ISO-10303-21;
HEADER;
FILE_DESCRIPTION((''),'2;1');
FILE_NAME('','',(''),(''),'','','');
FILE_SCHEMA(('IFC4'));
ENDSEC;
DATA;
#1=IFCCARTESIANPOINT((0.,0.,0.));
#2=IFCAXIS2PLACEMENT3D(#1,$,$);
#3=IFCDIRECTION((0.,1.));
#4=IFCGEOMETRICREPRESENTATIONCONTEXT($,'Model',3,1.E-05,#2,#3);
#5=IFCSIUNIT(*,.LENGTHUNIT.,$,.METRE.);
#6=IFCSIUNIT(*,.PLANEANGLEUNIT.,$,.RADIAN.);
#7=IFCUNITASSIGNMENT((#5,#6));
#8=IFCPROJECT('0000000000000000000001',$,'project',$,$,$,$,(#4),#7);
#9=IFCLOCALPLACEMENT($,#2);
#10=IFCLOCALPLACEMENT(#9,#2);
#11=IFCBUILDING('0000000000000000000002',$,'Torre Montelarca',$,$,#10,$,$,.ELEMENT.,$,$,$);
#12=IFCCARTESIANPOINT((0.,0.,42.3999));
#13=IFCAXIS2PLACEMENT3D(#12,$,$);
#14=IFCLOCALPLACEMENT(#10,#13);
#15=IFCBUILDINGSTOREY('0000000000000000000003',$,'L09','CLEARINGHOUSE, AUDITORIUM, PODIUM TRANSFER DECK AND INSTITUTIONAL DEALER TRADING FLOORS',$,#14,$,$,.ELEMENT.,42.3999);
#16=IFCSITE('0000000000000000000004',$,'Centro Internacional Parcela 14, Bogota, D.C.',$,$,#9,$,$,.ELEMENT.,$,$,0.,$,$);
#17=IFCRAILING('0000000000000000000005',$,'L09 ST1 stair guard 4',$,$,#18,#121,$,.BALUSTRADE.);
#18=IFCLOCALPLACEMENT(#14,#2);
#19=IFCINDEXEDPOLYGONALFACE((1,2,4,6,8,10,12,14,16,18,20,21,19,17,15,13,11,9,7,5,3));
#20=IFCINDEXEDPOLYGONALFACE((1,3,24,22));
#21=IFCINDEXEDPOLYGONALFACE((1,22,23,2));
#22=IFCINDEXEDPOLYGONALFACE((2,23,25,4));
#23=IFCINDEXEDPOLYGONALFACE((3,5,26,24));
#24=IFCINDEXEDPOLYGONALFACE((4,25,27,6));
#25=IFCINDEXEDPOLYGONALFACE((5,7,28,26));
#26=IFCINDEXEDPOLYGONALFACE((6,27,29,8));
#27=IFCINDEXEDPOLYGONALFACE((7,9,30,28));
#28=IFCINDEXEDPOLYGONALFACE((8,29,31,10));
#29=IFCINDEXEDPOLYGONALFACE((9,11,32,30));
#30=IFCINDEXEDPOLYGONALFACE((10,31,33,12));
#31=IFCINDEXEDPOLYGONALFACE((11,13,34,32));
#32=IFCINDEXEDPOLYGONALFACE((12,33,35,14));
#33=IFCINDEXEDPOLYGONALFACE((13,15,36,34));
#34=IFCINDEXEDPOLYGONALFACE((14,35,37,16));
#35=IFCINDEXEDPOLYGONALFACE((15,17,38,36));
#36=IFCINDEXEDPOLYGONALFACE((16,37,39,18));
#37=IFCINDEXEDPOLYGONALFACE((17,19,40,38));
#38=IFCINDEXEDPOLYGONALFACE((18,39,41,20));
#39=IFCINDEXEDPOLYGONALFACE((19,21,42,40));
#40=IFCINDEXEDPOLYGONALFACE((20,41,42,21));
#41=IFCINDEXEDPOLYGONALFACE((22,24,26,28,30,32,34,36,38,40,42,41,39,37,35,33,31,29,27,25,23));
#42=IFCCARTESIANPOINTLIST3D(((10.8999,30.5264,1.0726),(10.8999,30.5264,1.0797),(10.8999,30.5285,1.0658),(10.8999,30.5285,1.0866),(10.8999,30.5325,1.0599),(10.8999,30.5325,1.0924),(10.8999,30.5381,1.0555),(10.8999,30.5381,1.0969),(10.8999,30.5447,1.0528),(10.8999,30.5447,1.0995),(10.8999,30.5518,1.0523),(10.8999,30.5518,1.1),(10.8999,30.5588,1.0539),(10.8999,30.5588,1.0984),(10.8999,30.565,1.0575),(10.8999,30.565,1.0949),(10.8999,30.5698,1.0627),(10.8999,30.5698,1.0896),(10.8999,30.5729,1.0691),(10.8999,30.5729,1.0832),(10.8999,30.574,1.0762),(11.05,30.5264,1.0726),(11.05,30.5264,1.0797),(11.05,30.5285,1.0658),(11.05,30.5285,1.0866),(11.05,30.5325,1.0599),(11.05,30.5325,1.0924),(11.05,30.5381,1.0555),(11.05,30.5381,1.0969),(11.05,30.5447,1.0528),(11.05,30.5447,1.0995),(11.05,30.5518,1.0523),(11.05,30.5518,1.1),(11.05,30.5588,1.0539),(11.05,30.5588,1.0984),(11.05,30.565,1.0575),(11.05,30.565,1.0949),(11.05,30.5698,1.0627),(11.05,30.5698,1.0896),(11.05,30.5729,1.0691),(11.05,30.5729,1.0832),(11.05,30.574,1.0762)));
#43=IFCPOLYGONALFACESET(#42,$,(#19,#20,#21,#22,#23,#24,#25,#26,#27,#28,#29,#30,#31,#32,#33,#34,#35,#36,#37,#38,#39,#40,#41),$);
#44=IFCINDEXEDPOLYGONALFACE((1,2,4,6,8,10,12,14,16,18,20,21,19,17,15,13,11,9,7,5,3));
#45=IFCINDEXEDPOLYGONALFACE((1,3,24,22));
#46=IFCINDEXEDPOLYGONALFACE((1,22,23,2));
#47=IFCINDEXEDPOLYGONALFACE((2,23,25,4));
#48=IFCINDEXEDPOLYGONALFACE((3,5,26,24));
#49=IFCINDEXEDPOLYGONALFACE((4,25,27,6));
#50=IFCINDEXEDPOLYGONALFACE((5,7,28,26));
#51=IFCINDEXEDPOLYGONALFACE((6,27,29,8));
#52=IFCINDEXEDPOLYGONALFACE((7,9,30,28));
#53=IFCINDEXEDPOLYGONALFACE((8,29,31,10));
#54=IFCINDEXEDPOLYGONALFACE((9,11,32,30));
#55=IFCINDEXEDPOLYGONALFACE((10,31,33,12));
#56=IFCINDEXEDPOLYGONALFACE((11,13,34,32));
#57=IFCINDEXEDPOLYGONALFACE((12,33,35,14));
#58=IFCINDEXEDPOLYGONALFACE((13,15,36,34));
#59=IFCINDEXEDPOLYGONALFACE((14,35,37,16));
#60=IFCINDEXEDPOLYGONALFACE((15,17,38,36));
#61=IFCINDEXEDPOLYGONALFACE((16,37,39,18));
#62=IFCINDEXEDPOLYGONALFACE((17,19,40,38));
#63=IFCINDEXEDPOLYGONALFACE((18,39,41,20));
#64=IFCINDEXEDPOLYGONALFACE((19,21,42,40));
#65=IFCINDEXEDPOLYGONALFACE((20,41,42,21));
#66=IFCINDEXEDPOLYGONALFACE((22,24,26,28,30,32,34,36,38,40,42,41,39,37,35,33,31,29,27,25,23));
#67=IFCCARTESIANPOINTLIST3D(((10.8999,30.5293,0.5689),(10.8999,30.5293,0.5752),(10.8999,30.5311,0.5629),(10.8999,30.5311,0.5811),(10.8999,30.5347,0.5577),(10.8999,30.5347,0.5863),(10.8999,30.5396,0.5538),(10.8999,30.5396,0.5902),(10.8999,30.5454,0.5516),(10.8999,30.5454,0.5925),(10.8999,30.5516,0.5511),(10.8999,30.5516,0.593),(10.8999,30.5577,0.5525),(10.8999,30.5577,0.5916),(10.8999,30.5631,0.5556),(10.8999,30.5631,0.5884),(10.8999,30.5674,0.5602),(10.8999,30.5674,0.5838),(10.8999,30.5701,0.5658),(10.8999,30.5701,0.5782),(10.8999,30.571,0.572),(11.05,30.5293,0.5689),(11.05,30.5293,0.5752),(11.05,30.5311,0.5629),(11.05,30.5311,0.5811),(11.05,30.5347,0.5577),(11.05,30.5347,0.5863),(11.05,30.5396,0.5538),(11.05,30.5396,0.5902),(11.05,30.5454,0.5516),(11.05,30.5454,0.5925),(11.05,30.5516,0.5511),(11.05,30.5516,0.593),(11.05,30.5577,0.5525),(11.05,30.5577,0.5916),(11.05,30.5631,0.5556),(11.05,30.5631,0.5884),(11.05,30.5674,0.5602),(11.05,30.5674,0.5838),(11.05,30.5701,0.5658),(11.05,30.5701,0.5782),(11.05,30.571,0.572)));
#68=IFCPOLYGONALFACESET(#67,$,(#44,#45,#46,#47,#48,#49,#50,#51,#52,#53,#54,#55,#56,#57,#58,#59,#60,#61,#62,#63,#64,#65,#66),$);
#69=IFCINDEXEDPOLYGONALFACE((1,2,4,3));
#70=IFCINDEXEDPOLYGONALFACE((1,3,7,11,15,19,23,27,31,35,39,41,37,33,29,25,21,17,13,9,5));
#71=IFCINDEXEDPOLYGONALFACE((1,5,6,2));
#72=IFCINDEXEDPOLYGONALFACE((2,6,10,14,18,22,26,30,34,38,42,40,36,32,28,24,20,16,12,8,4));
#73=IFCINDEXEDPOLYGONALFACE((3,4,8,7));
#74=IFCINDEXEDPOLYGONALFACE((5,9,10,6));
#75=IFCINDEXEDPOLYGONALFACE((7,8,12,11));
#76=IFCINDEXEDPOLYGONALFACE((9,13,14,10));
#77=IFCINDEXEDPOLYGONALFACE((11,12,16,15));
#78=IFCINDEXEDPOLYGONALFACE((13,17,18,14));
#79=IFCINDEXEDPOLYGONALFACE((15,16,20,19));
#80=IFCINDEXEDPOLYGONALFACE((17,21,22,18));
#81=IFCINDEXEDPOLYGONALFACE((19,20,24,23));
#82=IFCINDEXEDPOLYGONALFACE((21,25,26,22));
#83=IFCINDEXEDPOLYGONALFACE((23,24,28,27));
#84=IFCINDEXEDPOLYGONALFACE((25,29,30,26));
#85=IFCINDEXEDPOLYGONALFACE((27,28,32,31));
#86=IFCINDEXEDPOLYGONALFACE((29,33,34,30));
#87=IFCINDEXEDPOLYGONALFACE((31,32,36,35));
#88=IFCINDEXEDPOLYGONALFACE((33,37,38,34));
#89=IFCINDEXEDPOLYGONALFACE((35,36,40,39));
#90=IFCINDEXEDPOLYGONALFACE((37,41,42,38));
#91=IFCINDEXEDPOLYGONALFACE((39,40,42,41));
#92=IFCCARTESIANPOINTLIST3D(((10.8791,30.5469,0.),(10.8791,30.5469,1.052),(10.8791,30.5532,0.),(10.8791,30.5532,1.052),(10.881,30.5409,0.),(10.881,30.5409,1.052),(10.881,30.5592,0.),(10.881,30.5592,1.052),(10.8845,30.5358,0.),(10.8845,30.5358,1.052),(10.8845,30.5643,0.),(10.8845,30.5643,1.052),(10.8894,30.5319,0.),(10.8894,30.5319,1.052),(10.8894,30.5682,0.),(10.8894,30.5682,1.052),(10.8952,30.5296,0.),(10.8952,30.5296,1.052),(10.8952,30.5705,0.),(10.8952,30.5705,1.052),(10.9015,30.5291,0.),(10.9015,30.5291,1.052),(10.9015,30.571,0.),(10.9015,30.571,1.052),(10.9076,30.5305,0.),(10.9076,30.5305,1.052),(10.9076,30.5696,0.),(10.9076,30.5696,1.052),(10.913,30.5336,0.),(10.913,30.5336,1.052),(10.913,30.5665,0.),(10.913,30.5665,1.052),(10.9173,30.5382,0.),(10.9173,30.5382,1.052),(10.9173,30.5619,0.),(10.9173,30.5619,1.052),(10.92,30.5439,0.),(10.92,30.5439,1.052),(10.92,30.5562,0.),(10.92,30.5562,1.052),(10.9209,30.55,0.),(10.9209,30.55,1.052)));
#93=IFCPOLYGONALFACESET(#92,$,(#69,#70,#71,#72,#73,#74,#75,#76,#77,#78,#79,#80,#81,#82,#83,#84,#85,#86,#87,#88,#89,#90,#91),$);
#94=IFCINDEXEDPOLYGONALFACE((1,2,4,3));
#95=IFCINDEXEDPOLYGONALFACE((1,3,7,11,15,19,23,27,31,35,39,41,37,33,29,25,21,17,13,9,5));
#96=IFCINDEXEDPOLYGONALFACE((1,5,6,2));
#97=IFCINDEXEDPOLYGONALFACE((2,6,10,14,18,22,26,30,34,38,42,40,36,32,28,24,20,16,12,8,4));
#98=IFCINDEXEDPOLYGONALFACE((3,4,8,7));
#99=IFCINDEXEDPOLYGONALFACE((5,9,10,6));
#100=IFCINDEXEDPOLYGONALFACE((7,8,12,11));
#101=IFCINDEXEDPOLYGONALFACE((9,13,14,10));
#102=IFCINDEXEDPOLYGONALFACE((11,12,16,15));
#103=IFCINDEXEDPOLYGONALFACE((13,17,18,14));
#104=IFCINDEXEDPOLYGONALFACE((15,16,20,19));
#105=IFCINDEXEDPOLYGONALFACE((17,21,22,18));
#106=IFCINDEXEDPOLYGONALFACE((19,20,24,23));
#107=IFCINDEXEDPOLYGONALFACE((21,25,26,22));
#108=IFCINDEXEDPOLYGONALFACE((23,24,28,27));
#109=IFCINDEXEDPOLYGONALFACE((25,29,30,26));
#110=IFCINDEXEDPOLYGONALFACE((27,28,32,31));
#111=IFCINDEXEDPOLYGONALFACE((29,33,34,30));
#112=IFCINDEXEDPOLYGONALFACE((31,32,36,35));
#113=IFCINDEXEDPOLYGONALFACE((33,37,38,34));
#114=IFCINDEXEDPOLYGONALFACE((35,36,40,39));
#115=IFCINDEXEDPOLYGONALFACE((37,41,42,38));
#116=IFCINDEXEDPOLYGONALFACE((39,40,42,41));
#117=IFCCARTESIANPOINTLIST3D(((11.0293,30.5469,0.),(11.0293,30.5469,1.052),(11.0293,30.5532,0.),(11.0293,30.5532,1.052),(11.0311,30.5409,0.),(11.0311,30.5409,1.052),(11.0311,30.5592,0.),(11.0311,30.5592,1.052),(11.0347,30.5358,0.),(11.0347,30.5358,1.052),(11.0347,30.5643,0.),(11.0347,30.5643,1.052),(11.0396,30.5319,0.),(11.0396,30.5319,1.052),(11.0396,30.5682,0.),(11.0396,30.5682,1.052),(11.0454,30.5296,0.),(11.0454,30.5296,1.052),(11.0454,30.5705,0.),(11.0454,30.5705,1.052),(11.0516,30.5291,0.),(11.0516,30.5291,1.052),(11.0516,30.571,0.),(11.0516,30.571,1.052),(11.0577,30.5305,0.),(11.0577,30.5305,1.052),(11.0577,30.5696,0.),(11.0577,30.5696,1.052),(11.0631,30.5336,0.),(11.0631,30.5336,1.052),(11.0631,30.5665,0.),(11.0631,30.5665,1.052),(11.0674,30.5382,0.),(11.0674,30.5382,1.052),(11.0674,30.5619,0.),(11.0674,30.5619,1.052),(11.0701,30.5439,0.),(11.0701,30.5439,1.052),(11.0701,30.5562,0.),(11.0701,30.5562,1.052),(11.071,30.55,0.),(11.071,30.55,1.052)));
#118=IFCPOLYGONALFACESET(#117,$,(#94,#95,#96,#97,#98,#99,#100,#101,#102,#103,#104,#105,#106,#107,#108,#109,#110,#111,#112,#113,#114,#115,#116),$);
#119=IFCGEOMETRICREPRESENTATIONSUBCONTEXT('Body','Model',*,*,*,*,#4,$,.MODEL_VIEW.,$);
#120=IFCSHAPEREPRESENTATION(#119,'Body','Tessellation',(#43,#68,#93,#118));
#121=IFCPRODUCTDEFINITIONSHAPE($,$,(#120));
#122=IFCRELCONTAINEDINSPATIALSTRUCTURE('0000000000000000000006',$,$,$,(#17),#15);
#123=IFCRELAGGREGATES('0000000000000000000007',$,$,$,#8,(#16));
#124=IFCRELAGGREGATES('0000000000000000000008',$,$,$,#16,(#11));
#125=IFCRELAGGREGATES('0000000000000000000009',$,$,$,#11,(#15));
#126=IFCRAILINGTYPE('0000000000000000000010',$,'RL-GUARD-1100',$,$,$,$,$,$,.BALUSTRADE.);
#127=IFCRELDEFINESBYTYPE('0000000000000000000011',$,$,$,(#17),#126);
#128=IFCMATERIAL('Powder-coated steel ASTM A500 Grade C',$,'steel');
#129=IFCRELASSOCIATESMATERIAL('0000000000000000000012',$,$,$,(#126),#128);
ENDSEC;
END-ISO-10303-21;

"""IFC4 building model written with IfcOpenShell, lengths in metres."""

from ifc_helpers import new_model, si_unit, direction, frame, origin, origin_2d, place, context, subcontext, project, spatial, circle, extrude, material, type_object, element, save


model = new_model("IFC4")

# Units and contexts
model_context = context("Model", 3, precision=1e-05, world=origin(), true_north=direction((0.0, 1.0)))
body_context = subcontext(model_context, "Body", "Model", "MODEL_VIEW")
ifc_project = project(units=[si_unit("LENGTHUNIT", "METRE"), si_unit("PLANEANGLEUNIT", "RADIAN")], contexts=[model_context])

# Site, building, storey
site_placement = place(None, origin())
site = spatial("IfcSite", under=ifc_project, at=site_placement, Name="Centro Internacional Parcela 14, Bogota, D.C.", CompositionType="ELEMENT", RefElevation=0.0)
building_placement = place(site_placement, origin())
building = spatial("IfcBuilding", under=site, at=building_placement, Name="Torre Montelarca", CompositionType="ELEMENT")
storey_placement = place(building_placement, frame((0.0, 0.0, 42.3999)))
storey = spatial("IfcBuildingStorey", under=building, at=storey_placement, Name="L09", Description="CLEARINGHOUSE, AUDITORIUM, PODIUM TRANSFER DECK AND INSTITUTIONAL DEALER TRADING FLOORS", CompositionType="ELEMENT", Elevation=42.3999)

# Railing
ifc_material_1 = material(Name="Powder-coated steel ASTM A500 Grade C", Category="steel")
railing_type_1 = type_object("IfcRailingType", Name="RL-GUARD-1100", PredefinedType="BALUSTRADE", material=ifc_material_1)
railing_1_placement = place(storey_placement, frame((10.8999, 30.55, 0.0)))
element("IfcRailing", 1, at=railing_1_placement, inside=storey, type_object=railing_type_1, Name="L09 ST1 stair guard 4", PredefinedType="BALUSTRADE", context=body_context, shape_type="SweptSolid", body=[
    extrude(circle(Radius=0.0239, at=origin_2d()), frame((0.0, 0.0, 1.0762), z_axis=(1.0, 0.0, 0.0), x_axis=(0.0, 1.0, 0.0)), (0.0, 0.0, 1.0), 0.1501),
    extrude(circle(Radius=0.021, at=origin_2d()), frame((0.0, 0.0, 0.572), z_axis=(1.0, 0.0, 0.0), x_axis=(0.0, 1.0, 0.0)), (0.0, 0.0, 1.0), 0.1501),
    extrude(circle(Radius=0.021, at=origin_2d()), origin(), (0.0, 0.0, 1.0), 1.052),
    extrude(circle(Radius=0.021, at=origin_2d()), frame((0.1501, 0.0, 0.0)), (0.0, 0.0, 1.0), 1.052),
])

save(model, "model.ifc")
